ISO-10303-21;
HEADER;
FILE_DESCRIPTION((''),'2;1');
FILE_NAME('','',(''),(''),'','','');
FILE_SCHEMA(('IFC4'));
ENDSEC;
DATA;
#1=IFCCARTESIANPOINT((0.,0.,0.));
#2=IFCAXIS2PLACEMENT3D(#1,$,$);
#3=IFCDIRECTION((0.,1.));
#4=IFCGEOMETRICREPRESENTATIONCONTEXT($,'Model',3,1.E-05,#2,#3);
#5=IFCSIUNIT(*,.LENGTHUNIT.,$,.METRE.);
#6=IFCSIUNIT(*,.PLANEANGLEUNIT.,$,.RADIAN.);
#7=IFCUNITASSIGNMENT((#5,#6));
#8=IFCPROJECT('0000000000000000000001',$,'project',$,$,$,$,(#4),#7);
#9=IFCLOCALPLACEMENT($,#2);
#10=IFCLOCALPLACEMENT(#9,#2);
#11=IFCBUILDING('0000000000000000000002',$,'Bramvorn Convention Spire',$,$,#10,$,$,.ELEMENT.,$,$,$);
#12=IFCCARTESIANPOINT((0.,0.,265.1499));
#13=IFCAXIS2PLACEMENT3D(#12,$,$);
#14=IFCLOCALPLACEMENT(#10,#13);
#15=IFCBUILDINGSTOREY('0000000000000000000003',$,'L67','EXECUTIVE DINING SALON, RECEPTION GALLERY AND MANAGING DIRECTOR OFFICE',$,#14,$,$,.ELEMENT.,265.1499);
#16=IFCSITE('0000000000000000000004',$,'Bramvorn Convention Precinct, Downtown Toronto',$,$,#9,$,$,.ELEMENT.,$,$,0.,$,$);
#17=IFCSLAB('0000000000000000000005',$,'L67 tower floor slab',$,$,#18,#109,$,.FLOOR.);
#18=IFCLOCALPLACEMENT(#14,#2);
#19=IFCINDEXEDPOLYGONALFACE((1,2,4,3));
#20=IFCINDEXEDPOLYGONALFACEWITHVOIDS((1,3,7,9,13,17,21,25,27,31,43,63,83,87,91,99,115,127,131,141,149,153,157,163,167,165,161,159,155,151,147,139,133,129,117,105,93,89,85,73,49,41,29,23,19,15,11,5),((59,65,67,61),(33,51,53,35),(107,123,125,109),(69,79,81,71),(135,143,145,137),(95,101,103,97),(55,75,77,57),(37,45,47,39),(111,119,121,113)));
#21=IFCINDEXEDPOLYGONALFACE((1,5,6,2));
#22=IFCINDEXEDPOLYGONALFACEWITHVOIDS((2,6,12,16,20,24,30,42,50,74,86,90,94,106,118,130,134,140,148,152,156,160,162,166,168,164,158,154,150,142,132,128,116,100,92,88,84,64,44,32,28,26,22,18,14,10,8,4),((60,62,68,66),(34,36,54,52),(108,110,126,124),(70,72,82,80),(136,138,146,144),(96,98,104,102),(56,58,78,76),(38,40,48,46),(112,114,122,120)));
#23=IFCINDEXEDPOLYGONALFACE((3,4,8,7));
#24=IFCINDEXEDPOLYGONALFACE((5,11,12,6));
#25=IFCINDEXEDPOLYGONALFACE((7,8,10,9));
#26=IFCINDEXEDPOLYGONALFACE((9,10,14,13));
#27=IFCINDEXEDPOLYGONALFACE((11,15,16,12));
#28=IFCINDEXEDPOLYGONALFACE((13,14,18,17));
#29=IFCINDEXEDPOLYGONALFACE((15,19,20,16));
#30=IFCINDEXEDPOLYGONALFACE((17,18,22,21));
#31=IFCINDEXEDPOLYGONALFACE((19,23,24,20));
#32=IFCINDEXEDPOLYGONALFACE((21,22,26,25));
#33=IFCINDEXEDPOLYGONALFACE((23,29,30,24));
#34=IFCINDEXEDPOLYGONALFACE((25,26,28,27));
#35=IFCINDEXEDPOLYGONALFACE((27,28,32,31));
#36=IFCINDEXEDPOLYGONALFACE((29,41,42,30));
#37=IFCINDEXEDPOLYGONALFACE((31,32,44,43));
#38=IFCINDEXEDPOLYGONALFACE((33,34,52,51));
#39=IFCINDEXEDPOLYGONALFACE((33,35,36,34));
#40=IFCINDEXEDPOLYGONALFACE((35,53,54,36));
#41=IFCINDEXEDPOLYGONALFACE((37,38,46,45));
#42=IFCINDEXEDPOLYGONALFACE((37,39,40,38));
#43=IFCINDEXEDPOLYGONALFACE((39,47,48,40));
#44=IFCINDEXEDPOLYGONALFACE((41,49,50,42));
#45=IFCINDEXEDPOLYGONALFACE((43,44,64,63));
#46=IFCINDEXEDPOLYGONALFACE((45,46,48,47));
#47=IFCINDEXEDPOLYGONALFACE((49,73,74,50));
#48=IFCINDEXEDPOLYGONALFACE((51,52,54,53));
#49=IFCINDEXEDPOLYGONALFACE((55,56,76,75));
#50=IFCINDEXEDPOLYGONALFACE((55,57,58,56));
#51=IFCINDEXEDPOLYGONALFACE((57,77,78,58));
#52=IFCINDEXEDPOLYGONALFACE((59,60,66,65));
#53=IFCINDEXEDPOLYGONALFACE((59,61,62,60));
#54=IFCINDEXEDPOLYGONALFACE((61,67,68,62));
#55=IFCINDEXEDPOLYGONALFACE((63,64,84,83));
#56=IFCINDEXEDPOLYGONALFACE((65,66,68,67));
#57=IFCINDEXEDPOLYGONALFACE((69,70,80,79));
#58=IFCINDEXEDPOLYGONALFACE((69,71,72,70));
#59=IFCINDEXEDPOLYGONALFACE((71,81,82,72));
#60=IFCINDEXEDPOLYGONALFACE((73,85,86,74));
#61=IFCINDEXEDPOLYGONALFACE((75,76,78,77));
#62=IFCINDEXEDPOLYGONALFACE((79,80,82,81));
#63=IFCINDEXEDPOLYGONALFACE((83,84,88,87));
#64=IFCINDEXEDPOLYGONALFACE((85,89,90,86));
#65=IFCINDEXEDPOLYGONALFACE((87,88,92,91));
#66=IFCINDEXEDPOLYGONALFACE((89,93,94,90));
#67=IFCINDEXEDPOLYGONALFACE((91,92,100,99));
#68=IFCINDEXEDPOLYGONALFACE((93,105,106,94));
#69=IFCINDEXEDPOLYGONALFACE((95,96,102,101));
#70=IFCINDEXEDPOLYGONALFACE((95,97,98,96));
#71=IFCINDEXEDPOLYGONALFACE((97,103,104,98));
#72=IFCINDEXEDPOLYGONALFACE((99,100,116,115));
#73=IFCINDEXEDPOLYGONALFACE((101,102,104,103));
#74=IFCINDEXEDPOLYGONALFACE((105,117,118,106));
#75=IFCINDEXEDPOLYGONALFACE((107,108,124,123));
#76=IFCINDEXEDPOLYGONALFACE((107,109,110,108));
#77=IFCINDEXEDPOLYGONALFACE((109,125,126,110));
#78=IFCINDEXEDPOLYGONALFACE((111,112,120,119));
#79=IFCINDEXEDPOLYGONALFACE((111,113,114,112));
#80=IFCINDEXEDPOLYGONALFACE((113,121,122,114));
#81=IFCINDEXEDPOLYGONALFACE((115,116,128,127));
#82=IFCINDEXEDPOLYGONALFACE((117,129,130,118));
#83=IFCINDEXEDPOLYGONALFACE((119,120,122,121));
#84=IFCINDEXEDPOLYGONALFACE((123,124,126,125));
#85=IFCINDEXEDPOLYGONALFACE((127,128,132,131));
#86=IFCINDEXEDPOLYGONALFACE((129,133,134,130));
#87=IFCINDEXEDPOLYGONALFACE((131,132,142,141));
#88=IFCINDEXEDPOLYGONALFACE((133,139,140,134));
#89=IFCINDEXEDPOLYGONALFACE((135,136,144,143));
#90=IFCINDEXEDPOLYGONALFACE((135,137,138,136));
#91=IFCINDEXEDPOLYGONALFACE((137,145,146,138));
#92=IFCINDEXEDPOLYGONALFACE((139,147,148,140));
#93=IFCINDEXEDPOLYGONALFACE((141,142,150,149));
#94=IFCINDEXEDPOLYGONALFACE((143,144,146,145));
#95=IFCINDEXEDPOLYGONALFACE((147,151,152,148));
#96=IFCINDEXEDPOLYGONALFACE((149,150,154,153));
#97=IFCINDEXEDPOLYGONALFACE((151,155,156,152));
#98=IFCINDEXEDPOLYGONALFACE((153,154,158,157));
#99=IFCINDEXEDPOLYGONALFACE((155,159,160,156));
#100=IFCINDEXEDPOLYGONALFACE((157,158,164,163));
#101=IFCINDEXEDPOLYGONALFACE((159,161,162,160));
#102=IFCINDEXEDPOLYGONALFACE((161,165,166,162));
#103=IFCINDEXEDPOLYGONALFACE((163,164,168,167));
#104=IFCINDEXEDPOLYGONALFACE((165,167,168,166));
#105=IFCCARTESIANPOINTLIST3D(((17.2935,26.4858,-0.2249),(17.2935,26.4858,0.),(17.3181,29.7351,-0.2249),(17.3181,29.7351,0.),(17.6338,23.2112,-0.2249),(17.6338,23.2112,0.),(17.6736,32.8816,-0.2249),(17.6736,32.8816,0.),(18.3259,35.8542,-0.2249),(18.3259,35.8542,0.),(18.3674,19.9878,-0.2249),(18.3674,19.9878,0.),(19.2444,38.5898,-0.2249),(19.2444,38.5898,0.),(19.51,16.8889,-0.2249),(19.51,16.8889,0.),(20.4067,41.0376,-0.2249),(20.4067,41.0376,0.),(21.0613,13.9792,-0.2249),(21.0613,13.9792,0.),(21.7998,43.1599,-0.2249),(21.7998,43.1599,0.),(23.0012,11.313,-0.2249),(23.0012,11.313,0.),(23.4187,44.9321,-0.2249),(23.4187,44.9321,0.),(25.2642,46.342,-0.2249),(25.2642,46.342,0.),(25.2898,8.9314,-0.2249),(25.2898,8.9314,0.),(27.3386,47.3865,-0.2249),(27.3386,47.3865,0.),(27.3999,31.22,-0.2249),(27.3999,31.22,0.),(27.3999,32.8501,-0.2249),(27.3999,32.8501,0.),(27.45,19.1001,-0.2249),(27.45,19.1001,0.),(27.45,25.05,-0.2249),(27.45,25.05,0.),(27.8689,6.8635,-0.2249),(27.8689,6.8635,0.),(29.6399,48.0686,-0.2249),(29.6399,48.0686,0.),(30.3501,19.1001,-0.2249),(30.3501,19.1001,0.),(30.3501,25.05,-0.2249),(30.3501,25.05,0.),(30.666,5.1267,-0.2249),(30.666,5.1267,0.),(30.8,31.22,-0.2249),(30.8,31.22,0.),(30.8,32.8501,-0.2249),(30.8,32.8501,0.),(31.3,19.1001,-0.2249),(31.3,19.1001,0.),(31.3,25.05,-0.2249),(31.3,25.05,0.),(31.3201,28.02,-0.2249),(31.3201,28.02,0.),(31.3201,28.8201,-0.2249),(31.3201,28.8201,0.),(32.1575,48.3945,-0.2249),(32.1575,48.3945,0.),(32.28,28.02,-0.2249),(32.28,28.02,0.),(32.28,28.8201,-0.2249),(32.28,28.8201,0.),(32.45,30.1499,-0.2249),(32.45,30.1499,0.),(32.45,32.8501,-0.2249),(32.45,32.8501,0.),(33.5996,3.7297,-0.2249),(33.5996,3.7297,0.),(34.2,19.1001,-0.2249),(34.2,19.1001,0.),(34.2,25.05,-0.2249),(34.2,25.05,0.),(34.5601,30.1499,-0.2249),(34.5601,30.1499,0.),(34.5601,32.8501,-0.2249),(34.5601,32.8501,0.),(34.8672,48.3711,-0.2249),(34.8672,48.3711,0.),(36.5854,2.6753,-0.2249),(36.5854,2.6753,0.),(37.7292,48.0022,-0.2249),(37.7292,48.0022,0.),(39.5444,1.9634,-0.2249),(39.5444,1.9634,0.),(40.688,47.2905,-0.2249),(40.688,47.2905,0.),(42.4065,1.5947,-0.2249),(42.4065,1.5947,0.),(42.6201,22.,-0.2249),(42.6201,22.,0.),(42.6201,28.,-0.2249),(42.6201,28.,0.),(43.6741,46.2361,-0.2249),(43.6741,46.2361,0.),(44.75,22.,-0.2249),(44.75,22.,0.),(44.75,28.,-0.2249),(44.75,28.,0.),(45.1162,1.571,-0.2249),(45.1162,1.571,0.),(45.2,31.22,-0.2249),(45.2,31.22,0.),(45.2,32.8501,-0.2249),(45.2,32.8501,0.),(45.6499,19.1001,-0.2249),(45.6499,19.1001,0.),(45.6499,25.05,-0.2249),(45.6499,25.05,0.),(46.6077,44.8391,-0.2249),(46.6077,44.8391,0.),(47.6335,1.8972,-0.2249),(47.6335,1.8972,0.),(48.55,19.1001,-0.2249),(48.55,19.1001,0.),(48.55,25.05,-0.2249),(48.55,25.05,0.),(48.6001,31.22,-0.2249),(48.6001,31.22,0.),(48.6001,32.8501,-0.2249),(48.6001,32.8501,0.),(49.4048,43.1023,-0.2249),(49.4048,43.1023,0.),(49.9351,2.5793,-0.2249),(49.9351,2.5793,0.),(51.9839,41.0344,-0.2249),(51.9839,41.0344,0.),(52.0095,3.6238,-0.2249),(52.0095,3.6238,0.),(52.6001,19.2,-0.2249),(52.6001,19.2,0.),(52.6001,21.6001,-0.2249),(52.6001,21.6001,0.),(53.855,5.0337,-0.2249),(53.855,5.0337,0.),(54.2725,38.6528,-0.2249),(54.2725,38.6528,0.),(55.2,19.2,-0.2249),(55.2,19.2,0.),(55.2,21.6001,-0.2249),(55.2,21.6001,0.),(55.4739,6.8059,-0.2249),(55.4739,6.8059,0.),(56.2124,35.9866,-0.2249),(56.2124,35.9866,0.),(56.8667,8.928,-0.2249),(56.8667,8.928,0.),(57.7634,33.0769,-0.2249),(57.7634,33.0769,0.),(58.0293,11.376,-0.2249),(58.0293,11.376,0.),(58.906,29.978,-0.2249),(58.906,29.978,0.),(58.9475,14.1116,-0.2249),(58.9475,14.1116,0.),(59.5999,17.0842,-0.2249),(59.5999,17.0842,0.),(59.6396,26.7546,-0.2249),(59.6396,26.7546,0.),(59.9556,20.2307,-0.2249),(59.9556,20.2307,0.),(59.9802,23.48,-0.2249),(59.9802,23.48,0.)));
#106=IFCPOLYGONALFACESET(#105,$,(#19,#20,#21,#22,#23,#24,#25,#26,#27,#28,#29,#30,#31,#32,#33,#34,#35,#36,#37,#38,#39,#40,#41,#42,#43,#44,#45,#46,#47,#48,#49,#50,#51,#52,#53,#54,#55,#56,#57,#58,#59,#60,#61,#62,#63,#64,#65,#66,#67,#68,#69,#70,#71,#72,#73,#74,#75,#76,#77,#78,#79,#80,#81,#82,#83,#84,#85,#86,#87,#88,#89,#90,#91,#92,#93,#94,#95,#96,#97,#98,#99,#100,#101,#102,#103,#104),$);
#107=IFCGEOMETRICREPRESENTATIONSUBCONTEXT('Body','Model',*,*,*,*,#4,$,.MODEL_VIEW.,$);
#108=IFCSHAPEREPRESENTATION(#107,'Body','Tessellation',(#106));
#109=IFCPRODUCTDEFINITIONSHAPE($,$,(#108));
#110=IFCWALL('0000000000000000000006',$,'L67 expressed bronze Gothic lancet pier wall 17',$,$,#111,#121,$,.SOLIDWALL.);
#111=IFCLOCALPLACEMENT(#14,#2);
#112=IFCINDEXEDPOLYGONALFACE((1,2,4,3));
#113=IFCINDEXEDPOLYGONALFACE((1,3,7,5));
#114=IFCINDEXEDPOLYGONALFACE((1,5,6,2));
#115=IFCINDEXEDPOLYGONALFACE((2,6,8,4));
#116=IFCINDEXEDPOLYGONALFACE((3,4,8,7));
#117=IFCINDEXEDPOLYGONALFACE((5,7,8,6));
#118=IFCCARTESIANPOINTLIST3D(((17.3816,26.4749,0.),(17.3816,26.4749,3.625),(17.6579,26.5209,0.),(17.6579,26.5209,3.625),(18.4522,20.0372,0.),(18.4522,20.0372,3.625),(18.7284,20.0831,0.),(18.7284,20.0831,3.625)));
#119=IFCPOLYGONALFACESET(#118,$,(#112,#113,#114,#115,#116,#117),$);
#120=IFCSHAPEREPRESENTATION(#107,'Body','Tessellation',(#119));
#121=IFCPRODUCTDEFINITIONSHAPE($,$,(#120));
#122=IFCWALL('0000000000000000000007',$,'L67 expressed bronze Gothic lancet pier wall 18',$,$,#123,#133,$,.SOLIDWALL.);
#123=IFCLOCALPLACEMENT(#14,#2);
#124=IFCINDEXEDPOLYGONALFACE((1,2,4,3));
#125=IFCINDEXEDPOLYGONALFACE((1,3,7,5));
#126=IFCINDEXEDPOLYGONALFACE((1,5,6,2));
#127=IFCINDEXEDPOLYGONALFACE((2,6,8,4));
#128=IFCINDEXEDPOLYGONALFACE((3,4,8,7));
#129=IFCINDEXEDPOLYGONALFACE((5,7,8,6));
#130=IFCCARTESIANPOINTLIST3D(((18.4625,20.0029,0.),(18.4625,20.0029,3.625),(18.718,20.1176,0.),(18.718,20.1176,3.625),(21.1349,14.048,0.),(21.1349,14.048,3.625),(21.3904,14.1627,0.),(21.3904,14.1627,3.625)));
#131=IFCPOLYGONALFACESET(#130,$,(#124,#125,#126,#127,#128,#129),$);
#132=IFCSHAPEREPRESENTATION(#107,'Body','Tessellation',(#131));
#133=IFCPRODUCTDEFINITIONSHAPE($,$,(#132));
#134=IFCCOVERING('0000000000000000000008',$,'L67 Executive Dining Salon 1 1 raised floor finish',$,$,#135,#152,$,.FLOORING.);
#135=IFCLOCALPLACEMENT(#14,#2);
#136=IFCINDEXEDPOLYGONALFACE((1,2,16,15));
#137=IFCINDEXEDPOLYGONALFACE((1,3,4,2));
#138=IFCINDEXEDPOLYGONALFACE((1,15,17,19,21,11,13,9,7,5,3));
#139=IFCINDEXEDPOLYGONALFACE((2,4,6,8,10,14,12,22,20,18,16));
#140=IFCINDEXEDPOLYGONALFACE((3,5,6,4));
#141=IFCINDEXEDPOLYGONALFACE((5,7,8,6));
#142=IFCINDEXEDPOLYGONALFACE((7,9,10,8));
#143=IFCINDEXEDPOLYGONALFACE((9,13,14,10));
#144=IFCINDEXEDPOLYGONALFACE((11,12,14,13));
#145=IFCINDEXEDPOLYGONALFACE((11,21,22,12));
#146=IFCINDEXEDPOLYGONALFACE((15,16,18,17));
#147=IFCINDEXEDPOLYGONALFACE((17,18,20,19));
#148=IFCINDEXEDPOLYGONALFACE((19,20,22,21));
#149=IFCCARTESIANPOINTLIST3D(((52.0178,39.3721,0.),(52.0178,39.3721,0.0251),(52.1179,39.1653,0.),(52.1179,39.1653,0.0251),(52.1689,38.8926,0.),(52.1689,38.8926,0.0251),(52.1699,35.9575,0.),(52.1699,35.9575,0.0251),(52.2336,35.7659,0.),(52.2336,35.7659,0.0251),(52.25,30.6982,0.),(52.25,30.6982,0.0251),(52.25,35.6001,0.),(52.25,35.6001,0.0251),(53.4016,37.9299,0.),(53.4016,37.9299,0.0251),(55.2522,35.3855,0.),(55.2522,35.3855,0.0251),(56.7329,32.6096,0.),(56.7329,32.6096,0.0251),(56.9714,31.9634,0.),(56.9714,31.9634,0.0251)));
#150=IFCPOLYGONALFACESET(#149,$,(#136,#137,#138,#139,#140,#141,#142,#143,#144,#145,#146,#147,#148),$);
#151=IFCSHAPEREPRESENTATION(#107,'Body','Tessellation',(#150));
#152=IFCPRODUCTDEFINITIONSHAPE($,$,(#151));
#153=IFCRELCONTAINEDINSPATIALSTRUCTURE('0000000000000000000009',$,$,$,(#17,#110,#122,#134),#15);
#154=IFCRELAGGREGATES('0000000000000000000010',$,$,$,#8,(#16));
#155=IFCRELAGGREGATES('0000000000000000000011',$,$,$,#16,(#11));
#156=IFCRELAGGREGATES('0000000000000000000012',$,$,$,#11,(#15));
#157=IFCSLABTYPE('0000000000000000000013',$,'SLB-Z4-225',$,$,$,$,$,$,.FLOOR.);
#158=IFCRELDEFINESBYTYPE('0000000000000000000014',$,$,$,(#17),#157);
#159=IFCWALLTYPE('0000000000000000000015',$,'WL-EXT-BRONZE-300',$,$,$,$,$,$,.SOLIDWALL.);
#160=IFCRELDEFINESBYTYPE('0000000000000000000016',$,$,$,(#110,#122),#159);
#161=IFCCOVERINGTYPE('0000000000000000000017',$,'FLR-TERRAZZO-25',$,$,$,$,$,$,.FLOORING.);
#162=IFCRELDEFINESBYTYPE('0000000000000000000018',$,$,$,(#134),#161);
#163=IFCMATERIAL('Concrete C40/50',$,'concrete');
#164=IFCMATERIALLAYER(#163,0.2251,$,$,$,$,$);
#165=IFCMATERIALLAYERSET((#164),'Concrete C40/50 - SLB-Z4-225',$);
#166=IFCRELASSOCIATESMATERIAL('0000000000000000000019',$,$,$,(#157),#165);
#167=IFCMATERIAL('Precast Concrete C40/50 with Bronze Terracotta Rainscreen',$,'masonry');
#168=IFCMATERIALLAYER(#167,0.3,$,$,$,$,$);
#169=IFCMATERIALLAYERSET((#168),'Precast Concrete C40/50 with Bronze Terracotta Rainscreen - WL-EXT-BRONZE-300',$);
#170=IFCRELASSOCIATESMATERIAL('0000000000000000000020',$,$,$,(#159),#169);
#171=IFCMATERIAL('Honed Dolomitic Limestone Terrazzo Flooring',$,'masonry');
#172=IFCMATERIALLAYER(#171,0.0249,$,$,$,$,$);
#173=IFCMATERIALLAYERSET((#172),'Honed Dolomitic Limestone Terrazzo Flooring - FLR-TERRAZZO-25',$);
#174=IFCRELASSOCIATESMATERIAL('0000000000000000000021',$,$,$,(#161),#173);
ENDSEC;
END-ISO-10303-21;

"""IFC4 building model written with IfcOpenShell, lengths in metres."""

from ifc_helpers import new_model, si_unit, direction, frame, frame_2d, origin, place, context, subcontext, project, spatial, polyline, rectangle, outline, extrude, material, layer, layer_set, type_object, element, save


model = new_model("IFC4")

# Units and contexts
model_context = context("Model", 3, precision=1e-05, world=origin(), true_north=direction((0.0, 1.0)))
body_context = subcontext(model_context, "Body", "Model", "MODEL_VIEW")
ifc_project = project(units=[si_unit("LENGTHUNIT", "METRE"), si_unit("PLANEANGLEUNIT", "RADIAN")], contexts=[model_context])

# Site, building, storey
site_placement = place(None, origin())
site = spatial("IfcSite", under=ifc_project, at=site_placement, Name="Bramvorn Convention Precinct, Downtown Toronto", CompositionType="ELEMENT", RefElevation=0.0)
building_placement = place(site_placement, origin())
building = spatial("IfcBuilding", under=site, at=building_placement, Name="Bramvorn Convention Spire", CompositionType="ELEMENT")
storey_placement = place(building_placement, frame((0.0, 0.0, 265.1499)))
storey = spatial("IfcBuildingStorey", under=building, at=storey_placement, Name="L67", Description="EXECUTIVE DINING SALON, RECEPTION GALLERY AND MANAGING DIRECTOR OFFICE", CompositionType="ELEMENT", Elevation=265.1499)

# Slab
ifc_material_1 = material(Name="Concrete C40/50", Category="concrete")
ifc_layer_1 = layer(ifc_material_1, 0.2251)
ifc_layer_set_1 = layer_set([ifc_layer_1], Name="Concrete C40/50 - SLB-Z4-225")
slab_type_1 = type_object("IfcSlabType", Name="SLB-Z4-225", PredefinedType="FLOOR", material=ifc_layer_set_1)
slab_1_placement = place(storey_placement, frame((0.0, 0.0, -0.2249)))
element("IfcSlab", 1, at=slab_1_placement, inside=storey, type_object=slab_type_1, Name="L67 tower floor slab", PredefinedType="FLOOR", context=body_context, shape_type="SweptSolid", body=[
    extrude(outline(polyline([(52.0095, 3.6238), (53.855, 5.0337), (55.4739, 6.8059), (56.8667, 8.928), (58.0293, 11.376), (58.9475, 14.1116), (59.5999, 17.0842), (59.9556, 20.2307), (59.9802, 23.48), (59.6396, 26.7546), (58.906, 29.978), (57.7634, 33.0769), (56.2124, 35.9866), (54.2725, 38.6528), (51.9839, 41.0344), (49.4048, 43.1023), (46.6077, 44.8391), (43.6741, 46.2361), (40.688, 47.2905), (37.7292, 48.0022), (34.8672, 48.3711), (32.1575, 48.3945), (29.6399, 48.0686), (27.3386, 47.3865), (25.2642, 46.342), (23.4187, 44.9321), (21.7998, 43.1599), (20.4067, 41.0376), (19.2444, 38.5898), (18.3259, 35.8542), (17.6736, 32.8816), (17.3181, 29.7351), (17.2935, 26.4858), (17.6338, 23.2112), (18.3674, 19.9878), (19.51, 16.8889), (21.0613, 13.9792), (23.0012, 11.313), (25.2898, 8.9314), (27.8689, 6.8635), (30.666, 5.1267), (33.5996, 3.7297), (36.5854, 2.6753), (39.5444, 1.9634), (42.4065, 1.5947), (45.1162, 1.571), (47.6335, 1.8972), (49.9351, 2.5793), (52.0095, 3.6238)]), holes=[polyline([(27.45, 25.05), (27.45, 19.1001), (30.3501, 19.1001), (30.3501, 25.05), (27.45, 25.05)]), polyline([(45.6499, 25.05), (45.6499, 19.1001), (48.55, 19.1001), (48.55, 25.05), (45.6499, 25.05)]), polyline([(31.3, 25.05), (31.3, 19.1001), (34.2, 19.1001), (34.2, 25.05), (31.3, 25.05)]), polyline([(27.3999, 31.22), (30.8, 31.22), (30.8, 32.8501), (27.3999, 32.8501), (27.3999, 31.22)]), polyline([(45.2, 31.22), (48.6001, 31.22), (48.6001, 32.8501), (45.2, 32.8501), (45.2, 31.22)]), polyline([(32.45, 30.1499), (34.5601, 30.1499), (34.5601, 32.8501), (32.45, 32.8501), (32.45, 30.1499)]), polyline([(42.6201, 22.0), (44.75, 22.0), (44.75, 28.0), (42.6201, 28.0), (42.6201, 22.0)]), polyline([(31.3201, 28.02), (32.28, 28.02), (32.28, 28.8201), (31.3201, 28.8201), (31.3201, 28.02)]), polyline([(52.6001, 19.2), (55.2, 19.2), (55.2, 21.6001), (52.6001, 21.6001), (52.6001, 19.2)])]), origin(), (0.0, 0.0, 1.0), 0.2249),
])

# Walls
ifc_material_2 = material(Name="Precast Concrete C40/50 with Bronze Terracotta Rainscreen", Category="masonry")
ifc_layer_2 = layer(ifc_material_2, 0.3)
ifc_layer_set_2 = layer_set([ifc_layer_2], Name="Precast Concrete C40/50 with Bronze Terracotta Rainscreen - WL-EXT-BRONZE-300")
wall_type = type_object("IfcWallType", Name="WL-EXT-BRONZE-300", PredefinedType="SOLIDWALL", material=ifc_layer_set_2)
wall_1_placement = place(storey_placement, frame((18.5903, 20.0601, 0.0), z_axis=(0.0, 0.0, 1.0), x_axis=(-0.164041, 0.986454, 0.0)))
element("IfcWall", 2, at=wall_1_placement, inside=storey, type_object=wall_type, Name="L67 expressed bronze Gothic lancet pier wall 17", PredefinedType="SOLIDWALL", context=body_context, shape_type="SweptSolid", body=[
    extrude(rectangle(XDim=6.5261, YDim=0.28, at=frame_2d((3.2632, 0.0))), origin(), (0.0, 0.0, 1.0), 3.625),
])
wall_2_placement = place(storey_placement, frame((21.2627, 14.1052, 0.0), z_axis=(0.0, 0.0, 1.0), x_axis=(-0.409433, 0.91234, 0.0)))
element("IfcWall", 3, at=wall_2_placement, inside=storey, type_object=wall_type, Name="L67 expressed bronze Gothic lancet pier wall 18", PredefinedType="SOLIDWALL", context=body_context, shape_type="SweptSolid", body=[
    extrude(rectangle(XDim=6.5271, YDim=0.28, at=frame_2d((3.2637, 0.0))), origin(), (0.0, 0.0, 1.0), 3.625),
])

# Covering
ifc_material_3 = material(Name="Honed Dolomitic Limestone Terrazzo Flooring", Category="masonry")
ifc_layer_3 = layer(ifc_material_3, 0.0249)
ifc_layer_set_3 = layer_set([ifc_layer_3], Name="Honed Dolomitic Limestone Terrazzo Flooring - FLR-TERRAZZO-25")
covering_type = type_object("IfcCoveringType", Name="FLR-TERRAZZO-25", PredefinedType="FLOORING", material=ifc_layer_set_3)
covering_1_placement = place(storey_placement, origin())
element("IfcCovering", 4, at=covering_1_placement, inside=storey, type_object=covering_type, Name="L67 Executive Dining Salon 1 1 raised floor finish", PredefinedType="FLOORING", context=body_context, shape_type="SweptSolid", body=[
    extrude(outline(polyline([(52.1179, 39.1653), (52.1689, 38.8926), (52.1699, 35.9575), (52.2336, 35.7659), (52.25, 35.6001), (52.25, 30.6982), (56.9714, 31.9634), (56.7329, 32.6096), (55.2522, 35.3855), (53.4016, 37.9299), (52.0178, 39.3721), (52.1179, 39.1653)])), origin(), (0.0, 0.0, 1.0), 0.0251),
])

save(model, "model.ifc")
